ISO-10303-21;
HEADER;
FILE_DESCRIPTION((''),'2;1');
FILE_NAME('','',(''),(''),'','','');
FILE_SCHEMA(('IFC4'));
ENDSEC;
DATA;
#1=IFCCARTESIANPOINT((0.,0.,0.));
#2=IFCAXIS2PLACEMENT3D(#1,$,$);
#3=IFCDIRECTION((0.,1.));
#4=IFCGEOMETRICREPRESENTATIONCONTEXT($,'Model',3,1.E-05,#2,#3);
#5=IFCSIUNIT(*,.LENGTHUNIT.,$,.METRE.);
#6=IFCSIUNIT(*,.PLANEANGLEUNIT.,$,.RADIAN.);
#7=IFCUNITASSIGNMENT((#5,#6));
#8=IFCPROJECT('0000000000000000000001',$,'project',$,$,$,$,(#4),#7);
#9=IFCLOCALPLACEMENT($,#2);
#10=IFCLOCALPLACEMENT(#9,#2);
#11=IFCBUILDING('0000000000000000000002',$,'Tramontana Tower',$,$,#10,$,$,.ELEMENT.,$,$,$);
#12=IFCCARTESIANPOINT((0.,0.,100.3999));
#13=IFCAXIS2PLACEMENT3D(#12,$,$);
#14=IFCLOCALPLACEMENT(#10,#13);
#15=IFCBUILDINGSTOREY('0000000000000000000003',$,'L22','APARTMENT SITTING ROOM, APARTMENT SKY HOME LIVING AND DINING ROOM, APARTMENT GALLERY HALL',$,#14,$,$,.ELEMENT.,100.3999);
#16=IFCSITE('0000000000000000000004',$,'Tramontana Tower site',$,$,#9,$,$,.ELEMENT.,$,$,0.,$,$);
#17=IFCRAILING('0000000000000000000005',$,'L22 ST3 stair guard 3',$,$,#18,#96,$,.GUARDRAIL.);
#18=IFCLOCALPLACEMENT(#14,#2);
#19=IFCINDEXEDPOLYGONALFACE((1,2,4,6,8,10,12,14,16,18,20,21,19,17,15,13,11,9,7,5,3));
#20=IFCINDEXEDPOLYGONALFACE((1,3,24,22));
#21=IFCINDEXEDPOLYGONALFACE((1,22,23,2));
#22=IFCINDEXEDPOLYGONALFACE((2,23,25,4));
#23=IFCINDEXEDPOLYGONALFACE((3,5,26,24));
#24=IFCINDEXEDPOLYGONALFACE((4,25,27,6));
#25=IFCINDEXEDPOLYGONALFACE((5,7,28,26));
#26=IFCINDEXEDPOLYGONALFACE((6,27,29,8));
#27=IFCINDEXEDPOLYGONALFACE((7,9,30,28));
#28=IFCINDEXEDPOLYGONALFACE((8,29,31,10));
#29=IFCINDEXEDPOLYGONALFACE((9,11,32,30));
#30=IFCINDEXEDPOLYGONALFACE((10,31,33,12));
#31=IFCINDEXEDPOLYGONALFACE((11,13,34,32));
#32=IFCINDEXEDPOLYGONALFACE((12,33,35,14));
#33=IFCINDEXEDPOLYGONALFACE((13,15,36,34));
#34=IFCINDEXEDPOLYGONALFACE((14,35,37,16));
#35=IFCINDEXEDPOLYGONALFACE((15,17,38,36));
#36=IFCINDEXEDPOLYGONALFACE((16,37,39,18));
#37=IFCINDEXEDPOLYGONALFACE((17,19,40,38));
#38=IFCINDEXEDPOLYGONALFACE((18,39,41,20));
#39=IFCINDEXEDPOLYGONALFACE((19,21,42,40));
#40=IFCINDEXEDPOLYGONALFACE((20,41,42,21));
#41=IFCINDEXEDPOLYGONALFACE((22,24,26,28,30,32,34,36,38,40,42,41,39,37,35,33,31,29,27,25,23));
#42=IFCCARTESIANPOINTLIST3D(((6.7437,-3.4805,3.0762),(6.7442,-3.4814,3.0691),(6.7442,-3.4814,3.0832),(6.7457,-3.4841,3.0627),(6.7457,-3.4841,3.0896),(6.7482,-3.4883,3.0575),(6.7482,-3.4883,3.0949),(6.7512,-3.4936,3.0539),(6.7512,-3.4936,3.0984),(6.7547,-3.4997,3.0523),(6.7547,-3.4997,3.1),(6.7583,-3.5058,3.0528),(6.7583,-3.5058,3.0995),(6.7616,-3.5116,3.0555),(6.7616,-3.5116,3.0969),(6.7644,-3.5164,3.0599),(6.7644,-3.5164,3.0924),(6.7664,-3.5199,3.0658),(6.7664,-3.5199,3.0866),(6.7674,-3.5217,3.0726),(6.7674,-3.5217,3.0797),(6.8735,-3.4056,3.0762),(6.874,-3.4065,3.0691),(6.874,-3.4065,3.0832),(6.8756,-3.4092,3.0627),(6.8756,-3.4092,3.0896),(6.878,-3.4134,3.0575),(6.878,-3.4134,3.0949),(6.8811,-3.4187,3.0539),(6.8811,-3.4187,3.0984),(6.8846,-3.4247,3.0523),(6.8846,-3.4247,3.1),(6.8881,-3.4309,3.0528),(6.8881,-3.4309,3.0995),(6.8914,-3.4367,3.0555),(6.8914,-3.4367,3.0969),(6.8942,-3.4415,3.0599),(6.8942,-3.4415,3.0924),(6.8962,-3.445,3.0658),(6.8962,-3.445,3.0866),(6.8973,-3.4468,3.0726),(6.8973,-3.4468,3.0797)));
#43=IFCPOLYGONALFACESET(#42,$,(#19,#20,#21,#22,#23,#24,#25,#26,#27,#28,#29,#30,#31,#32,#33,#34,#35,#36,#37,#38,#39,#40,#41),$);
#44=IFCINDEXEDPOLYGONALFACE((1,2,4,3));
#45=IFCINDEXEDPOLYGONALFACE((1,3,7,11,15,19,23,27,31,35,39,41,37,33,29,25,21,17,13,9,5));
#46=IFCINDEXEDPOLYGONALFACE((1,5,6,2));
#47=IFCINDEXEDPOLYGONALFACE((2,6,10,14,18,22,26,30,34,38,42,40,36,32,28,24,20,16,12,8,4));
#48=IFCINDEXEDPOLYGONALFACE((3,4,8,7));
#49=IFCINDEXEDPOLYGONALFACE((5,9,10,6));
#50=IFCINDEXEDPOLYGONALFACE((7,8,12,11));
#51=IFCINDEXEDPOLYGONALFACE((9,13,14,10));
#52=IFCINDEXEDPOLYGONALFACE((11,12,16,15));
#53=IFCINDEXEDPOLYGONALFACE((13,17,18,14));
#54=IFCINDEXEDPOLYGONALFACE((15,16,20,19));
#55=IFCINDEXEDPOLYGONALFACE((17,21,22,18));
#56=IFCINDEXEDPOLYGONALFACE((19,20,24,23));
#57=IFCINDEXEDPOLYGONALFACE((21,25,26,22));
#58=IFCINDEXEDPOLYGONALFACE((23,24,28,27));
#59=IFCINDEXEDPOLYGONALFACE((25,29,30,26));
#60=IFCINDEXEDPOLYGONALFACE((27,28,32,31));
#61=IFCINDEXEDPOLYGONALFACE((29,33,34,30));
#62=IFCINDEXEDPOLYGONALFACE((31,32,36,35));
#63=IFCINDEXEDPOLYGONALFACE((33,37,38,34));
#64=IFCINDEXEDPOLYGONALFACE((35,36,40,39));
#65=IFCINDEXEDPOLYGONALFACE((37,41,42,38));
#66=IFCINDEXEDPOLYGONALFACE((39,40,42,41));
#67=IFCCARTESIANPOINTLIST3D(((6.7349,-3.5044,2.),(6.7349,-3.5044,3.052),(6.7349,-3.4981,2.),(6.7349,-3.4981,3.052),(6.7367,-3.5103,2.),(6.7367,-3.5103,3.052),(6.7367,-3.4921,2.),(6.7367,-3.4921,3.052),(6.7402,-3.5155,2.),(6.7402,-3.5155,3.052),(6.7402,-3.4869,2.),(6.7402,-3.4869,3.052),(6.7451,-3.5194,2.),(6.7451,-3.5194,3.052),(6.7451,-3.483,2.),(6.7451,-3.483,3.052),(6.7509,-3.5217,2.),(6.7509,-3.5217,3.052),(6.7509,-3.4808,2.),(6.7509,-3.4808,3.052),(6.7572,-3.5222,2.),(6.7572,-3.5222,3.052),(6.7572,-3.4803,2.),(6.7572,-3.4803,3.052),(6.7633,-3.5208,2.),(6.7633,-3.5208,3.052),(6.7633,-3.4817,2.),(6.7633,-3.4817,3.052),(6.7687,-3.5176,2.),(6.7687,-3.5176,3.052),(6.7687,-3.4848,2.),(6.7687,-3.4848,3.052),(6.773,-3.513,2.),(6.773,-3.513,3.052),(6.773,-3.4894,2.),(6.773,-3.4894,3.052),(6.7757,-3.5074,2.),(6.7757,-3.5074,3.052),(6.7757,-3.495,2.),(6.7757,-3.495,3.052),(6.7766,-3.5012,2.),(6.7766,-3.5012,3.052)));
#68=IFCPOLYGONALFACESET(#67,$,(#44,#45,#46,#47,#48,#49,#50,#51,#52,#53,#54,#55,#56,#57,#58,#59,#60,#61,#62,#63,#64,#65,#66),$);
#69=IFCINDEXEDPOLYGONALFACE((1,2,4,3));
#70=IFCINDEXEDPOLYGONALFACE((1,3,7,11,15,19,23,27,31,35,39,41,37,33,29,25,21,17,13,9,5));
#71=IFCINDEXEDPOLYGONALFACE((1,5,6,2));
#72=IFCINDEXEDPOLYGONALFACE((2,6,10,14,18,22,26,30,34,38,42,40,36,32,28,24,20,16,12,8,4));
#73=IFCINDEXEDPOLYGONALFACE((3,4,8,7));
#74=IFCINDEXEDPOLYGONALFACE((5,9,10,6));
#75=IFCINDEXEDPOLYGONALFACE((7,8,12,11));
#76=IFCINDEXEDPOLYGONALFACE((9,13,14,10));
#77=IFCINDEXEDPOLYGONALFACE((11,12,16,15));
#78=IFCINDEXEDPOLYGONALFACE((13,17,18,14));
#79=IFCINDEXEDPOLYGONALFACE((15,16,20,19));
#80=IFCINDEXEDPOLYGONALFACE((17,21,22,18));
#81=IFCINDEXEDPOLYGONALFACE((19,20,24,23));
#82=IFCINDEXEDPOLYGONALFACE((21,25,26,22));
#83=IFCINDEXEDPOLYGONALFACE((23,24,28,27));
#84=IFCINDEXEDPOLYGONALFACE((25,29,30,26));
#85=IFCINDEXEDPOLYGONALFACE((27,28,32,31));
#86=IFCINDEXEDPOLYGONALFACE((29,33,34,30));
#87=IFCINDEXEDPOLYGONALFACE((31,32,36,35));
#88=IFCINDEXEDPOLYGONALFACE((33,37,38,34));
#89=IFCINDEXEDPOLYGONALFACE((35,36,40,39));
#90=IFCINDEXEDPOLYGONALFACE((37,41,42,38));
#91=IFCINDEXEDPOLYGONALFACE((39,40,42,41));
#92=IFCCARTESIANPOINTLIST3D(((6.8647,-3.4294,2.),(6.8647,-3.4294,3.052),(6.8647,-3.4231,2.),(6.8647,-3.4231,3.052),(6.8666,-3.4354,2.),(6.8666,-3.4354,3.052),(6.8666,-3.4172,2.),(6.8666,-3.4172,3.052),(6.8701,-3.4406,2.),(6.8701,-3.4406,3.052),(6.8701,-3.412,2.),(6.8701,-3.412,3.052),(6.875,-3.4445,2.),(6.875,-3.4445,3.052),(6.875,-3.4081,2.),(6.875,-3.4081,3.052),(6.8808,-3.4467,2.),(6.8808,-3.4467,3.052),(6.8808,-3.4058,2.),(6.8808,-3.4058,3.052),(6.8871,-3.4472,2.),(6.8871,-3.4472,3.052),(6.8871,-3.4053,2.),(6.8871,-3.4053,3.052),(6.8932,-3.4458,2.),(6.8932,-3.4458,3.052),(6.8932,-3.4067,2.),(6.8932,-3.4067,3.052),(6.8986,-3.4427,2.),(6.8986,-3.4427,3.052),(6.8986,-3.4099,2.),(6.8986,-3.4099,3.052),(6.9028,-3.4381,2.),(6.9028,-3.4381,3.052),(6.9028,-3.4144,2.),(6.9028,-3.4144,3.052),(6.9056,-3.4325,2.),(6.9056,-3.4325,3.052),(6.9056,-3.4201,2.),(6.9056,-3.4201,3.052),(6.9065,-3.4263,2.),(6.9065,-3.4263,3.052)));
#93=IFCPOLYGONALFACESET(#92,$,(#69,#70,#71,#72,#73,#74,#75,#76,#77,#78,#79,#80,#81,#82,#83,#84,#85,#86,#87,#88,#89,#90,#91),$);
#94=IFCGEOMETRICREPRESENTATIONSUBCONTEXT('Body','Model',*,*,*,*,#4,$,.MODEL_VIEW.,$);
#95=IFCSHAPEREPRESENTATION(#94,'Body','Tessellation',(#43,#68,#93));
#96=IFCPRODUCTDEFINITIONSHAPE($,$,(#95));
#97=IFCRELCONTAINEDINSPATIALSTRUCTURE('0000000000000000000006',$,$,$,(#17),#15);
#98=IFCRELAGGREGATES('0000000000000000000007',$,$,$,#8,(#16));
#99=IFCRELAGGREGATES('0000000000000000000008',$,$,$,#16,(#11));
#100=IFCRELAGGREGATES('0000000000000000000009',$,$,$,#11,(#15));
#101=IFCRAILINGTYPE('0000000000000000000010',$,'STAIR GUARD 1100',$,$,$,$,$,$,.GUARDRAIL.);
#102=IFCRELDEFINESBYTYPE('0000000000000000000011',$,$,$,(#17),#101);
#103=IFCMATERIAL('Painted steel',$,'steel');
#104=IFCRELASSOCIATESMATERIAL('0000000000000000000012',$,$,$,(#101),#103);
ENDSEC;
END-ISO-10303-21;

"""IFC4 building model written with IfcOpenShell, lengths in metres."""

from ifc_helpers import new_model, si_unit, direction, frame, origin, origin_2d, place, context, subcontext, project, spatial, circle, extrude, material, type_object, element, save


model = new_model("IFC4")

# Units and contexts
model_context = context("Model", 3, precision=1e-05, world=origin(), true_north=direction((0.0, 1.0)))
body_context = subcontext(model_context, "Body", "Model", "MODEL_VIEW")
ifc_project = project(units=[si_unit("LENGTHUNIT", "METRE"), si_unit("PLANEANGLEUNIT", "RADIAN")], contexts=[model_context])

# Site, building, storey
site_placement = place(None, origin())
site = spatial("IfcSite", under=ifc_project, at=site_placement, Name="Tramontana Tower site", CompositionType="ELEMENT", RefElevation=0.0)
building_placement = place(site_placement, origin())
building = spatial("IfcBuilding", under=site, at=building_placement, Name="Tramontana Tower", CompositionType="ELEMENT")
storey_placement = place(building_placement, frame((0.0, 0.0, 100.3999)))
storey = spatial("IfcBuildingStorey", under=building, at=storey_placement, Name="L22", Description="APARTMENT SITTING ROOM, APARTMENT SKY HOME LIVING AND DINING ROOM, APARTMENT GALLERY HALL", CompositionType="ELEMENT", Elevation=100.3999)

# Railing
ifc_material_1 = material(Name="Painted steel", Category="steel")
railing_type_1 = type_object("IfcRailingType", Name="STAIR GUARD 1100", PredefinedType="GUARDRAIL", material=ifc_material_1)
railing_1_placement = place(storey_placement, frame((6.7556, -3.5012, 2.0)))
element("IfcRailing", 1, at=railing_1_placement, inside=storey, type_object=railing_type_1, Name="L22 ST3 stair guard 3", PredefinedType="GUARDRAIL", context=body_context, shape_type="SweptSolid", body=[
    extrude(circle(Radius=0.0239, at=origin_2d()), frame((0.0, 0.0, 1.0762), z_axis=(0.866131, 0.499816, 0.0), x_axis=(-0.499816, 0.866131, 0.0)), (0.0, 0.0, 1.0), 0.1499),
    extrude(circle(Radius=0.021, at=origin_2d()), origin(), (0.0, 0.0, 1.0), 1.052),
    extrude(circle(Radius=0.021, at=origin_2d()), frame((0.1299, 0.075, 0.0)), (0.0, 0.0, 1.0), 1.052),
])

save(model, "model.ifc")
